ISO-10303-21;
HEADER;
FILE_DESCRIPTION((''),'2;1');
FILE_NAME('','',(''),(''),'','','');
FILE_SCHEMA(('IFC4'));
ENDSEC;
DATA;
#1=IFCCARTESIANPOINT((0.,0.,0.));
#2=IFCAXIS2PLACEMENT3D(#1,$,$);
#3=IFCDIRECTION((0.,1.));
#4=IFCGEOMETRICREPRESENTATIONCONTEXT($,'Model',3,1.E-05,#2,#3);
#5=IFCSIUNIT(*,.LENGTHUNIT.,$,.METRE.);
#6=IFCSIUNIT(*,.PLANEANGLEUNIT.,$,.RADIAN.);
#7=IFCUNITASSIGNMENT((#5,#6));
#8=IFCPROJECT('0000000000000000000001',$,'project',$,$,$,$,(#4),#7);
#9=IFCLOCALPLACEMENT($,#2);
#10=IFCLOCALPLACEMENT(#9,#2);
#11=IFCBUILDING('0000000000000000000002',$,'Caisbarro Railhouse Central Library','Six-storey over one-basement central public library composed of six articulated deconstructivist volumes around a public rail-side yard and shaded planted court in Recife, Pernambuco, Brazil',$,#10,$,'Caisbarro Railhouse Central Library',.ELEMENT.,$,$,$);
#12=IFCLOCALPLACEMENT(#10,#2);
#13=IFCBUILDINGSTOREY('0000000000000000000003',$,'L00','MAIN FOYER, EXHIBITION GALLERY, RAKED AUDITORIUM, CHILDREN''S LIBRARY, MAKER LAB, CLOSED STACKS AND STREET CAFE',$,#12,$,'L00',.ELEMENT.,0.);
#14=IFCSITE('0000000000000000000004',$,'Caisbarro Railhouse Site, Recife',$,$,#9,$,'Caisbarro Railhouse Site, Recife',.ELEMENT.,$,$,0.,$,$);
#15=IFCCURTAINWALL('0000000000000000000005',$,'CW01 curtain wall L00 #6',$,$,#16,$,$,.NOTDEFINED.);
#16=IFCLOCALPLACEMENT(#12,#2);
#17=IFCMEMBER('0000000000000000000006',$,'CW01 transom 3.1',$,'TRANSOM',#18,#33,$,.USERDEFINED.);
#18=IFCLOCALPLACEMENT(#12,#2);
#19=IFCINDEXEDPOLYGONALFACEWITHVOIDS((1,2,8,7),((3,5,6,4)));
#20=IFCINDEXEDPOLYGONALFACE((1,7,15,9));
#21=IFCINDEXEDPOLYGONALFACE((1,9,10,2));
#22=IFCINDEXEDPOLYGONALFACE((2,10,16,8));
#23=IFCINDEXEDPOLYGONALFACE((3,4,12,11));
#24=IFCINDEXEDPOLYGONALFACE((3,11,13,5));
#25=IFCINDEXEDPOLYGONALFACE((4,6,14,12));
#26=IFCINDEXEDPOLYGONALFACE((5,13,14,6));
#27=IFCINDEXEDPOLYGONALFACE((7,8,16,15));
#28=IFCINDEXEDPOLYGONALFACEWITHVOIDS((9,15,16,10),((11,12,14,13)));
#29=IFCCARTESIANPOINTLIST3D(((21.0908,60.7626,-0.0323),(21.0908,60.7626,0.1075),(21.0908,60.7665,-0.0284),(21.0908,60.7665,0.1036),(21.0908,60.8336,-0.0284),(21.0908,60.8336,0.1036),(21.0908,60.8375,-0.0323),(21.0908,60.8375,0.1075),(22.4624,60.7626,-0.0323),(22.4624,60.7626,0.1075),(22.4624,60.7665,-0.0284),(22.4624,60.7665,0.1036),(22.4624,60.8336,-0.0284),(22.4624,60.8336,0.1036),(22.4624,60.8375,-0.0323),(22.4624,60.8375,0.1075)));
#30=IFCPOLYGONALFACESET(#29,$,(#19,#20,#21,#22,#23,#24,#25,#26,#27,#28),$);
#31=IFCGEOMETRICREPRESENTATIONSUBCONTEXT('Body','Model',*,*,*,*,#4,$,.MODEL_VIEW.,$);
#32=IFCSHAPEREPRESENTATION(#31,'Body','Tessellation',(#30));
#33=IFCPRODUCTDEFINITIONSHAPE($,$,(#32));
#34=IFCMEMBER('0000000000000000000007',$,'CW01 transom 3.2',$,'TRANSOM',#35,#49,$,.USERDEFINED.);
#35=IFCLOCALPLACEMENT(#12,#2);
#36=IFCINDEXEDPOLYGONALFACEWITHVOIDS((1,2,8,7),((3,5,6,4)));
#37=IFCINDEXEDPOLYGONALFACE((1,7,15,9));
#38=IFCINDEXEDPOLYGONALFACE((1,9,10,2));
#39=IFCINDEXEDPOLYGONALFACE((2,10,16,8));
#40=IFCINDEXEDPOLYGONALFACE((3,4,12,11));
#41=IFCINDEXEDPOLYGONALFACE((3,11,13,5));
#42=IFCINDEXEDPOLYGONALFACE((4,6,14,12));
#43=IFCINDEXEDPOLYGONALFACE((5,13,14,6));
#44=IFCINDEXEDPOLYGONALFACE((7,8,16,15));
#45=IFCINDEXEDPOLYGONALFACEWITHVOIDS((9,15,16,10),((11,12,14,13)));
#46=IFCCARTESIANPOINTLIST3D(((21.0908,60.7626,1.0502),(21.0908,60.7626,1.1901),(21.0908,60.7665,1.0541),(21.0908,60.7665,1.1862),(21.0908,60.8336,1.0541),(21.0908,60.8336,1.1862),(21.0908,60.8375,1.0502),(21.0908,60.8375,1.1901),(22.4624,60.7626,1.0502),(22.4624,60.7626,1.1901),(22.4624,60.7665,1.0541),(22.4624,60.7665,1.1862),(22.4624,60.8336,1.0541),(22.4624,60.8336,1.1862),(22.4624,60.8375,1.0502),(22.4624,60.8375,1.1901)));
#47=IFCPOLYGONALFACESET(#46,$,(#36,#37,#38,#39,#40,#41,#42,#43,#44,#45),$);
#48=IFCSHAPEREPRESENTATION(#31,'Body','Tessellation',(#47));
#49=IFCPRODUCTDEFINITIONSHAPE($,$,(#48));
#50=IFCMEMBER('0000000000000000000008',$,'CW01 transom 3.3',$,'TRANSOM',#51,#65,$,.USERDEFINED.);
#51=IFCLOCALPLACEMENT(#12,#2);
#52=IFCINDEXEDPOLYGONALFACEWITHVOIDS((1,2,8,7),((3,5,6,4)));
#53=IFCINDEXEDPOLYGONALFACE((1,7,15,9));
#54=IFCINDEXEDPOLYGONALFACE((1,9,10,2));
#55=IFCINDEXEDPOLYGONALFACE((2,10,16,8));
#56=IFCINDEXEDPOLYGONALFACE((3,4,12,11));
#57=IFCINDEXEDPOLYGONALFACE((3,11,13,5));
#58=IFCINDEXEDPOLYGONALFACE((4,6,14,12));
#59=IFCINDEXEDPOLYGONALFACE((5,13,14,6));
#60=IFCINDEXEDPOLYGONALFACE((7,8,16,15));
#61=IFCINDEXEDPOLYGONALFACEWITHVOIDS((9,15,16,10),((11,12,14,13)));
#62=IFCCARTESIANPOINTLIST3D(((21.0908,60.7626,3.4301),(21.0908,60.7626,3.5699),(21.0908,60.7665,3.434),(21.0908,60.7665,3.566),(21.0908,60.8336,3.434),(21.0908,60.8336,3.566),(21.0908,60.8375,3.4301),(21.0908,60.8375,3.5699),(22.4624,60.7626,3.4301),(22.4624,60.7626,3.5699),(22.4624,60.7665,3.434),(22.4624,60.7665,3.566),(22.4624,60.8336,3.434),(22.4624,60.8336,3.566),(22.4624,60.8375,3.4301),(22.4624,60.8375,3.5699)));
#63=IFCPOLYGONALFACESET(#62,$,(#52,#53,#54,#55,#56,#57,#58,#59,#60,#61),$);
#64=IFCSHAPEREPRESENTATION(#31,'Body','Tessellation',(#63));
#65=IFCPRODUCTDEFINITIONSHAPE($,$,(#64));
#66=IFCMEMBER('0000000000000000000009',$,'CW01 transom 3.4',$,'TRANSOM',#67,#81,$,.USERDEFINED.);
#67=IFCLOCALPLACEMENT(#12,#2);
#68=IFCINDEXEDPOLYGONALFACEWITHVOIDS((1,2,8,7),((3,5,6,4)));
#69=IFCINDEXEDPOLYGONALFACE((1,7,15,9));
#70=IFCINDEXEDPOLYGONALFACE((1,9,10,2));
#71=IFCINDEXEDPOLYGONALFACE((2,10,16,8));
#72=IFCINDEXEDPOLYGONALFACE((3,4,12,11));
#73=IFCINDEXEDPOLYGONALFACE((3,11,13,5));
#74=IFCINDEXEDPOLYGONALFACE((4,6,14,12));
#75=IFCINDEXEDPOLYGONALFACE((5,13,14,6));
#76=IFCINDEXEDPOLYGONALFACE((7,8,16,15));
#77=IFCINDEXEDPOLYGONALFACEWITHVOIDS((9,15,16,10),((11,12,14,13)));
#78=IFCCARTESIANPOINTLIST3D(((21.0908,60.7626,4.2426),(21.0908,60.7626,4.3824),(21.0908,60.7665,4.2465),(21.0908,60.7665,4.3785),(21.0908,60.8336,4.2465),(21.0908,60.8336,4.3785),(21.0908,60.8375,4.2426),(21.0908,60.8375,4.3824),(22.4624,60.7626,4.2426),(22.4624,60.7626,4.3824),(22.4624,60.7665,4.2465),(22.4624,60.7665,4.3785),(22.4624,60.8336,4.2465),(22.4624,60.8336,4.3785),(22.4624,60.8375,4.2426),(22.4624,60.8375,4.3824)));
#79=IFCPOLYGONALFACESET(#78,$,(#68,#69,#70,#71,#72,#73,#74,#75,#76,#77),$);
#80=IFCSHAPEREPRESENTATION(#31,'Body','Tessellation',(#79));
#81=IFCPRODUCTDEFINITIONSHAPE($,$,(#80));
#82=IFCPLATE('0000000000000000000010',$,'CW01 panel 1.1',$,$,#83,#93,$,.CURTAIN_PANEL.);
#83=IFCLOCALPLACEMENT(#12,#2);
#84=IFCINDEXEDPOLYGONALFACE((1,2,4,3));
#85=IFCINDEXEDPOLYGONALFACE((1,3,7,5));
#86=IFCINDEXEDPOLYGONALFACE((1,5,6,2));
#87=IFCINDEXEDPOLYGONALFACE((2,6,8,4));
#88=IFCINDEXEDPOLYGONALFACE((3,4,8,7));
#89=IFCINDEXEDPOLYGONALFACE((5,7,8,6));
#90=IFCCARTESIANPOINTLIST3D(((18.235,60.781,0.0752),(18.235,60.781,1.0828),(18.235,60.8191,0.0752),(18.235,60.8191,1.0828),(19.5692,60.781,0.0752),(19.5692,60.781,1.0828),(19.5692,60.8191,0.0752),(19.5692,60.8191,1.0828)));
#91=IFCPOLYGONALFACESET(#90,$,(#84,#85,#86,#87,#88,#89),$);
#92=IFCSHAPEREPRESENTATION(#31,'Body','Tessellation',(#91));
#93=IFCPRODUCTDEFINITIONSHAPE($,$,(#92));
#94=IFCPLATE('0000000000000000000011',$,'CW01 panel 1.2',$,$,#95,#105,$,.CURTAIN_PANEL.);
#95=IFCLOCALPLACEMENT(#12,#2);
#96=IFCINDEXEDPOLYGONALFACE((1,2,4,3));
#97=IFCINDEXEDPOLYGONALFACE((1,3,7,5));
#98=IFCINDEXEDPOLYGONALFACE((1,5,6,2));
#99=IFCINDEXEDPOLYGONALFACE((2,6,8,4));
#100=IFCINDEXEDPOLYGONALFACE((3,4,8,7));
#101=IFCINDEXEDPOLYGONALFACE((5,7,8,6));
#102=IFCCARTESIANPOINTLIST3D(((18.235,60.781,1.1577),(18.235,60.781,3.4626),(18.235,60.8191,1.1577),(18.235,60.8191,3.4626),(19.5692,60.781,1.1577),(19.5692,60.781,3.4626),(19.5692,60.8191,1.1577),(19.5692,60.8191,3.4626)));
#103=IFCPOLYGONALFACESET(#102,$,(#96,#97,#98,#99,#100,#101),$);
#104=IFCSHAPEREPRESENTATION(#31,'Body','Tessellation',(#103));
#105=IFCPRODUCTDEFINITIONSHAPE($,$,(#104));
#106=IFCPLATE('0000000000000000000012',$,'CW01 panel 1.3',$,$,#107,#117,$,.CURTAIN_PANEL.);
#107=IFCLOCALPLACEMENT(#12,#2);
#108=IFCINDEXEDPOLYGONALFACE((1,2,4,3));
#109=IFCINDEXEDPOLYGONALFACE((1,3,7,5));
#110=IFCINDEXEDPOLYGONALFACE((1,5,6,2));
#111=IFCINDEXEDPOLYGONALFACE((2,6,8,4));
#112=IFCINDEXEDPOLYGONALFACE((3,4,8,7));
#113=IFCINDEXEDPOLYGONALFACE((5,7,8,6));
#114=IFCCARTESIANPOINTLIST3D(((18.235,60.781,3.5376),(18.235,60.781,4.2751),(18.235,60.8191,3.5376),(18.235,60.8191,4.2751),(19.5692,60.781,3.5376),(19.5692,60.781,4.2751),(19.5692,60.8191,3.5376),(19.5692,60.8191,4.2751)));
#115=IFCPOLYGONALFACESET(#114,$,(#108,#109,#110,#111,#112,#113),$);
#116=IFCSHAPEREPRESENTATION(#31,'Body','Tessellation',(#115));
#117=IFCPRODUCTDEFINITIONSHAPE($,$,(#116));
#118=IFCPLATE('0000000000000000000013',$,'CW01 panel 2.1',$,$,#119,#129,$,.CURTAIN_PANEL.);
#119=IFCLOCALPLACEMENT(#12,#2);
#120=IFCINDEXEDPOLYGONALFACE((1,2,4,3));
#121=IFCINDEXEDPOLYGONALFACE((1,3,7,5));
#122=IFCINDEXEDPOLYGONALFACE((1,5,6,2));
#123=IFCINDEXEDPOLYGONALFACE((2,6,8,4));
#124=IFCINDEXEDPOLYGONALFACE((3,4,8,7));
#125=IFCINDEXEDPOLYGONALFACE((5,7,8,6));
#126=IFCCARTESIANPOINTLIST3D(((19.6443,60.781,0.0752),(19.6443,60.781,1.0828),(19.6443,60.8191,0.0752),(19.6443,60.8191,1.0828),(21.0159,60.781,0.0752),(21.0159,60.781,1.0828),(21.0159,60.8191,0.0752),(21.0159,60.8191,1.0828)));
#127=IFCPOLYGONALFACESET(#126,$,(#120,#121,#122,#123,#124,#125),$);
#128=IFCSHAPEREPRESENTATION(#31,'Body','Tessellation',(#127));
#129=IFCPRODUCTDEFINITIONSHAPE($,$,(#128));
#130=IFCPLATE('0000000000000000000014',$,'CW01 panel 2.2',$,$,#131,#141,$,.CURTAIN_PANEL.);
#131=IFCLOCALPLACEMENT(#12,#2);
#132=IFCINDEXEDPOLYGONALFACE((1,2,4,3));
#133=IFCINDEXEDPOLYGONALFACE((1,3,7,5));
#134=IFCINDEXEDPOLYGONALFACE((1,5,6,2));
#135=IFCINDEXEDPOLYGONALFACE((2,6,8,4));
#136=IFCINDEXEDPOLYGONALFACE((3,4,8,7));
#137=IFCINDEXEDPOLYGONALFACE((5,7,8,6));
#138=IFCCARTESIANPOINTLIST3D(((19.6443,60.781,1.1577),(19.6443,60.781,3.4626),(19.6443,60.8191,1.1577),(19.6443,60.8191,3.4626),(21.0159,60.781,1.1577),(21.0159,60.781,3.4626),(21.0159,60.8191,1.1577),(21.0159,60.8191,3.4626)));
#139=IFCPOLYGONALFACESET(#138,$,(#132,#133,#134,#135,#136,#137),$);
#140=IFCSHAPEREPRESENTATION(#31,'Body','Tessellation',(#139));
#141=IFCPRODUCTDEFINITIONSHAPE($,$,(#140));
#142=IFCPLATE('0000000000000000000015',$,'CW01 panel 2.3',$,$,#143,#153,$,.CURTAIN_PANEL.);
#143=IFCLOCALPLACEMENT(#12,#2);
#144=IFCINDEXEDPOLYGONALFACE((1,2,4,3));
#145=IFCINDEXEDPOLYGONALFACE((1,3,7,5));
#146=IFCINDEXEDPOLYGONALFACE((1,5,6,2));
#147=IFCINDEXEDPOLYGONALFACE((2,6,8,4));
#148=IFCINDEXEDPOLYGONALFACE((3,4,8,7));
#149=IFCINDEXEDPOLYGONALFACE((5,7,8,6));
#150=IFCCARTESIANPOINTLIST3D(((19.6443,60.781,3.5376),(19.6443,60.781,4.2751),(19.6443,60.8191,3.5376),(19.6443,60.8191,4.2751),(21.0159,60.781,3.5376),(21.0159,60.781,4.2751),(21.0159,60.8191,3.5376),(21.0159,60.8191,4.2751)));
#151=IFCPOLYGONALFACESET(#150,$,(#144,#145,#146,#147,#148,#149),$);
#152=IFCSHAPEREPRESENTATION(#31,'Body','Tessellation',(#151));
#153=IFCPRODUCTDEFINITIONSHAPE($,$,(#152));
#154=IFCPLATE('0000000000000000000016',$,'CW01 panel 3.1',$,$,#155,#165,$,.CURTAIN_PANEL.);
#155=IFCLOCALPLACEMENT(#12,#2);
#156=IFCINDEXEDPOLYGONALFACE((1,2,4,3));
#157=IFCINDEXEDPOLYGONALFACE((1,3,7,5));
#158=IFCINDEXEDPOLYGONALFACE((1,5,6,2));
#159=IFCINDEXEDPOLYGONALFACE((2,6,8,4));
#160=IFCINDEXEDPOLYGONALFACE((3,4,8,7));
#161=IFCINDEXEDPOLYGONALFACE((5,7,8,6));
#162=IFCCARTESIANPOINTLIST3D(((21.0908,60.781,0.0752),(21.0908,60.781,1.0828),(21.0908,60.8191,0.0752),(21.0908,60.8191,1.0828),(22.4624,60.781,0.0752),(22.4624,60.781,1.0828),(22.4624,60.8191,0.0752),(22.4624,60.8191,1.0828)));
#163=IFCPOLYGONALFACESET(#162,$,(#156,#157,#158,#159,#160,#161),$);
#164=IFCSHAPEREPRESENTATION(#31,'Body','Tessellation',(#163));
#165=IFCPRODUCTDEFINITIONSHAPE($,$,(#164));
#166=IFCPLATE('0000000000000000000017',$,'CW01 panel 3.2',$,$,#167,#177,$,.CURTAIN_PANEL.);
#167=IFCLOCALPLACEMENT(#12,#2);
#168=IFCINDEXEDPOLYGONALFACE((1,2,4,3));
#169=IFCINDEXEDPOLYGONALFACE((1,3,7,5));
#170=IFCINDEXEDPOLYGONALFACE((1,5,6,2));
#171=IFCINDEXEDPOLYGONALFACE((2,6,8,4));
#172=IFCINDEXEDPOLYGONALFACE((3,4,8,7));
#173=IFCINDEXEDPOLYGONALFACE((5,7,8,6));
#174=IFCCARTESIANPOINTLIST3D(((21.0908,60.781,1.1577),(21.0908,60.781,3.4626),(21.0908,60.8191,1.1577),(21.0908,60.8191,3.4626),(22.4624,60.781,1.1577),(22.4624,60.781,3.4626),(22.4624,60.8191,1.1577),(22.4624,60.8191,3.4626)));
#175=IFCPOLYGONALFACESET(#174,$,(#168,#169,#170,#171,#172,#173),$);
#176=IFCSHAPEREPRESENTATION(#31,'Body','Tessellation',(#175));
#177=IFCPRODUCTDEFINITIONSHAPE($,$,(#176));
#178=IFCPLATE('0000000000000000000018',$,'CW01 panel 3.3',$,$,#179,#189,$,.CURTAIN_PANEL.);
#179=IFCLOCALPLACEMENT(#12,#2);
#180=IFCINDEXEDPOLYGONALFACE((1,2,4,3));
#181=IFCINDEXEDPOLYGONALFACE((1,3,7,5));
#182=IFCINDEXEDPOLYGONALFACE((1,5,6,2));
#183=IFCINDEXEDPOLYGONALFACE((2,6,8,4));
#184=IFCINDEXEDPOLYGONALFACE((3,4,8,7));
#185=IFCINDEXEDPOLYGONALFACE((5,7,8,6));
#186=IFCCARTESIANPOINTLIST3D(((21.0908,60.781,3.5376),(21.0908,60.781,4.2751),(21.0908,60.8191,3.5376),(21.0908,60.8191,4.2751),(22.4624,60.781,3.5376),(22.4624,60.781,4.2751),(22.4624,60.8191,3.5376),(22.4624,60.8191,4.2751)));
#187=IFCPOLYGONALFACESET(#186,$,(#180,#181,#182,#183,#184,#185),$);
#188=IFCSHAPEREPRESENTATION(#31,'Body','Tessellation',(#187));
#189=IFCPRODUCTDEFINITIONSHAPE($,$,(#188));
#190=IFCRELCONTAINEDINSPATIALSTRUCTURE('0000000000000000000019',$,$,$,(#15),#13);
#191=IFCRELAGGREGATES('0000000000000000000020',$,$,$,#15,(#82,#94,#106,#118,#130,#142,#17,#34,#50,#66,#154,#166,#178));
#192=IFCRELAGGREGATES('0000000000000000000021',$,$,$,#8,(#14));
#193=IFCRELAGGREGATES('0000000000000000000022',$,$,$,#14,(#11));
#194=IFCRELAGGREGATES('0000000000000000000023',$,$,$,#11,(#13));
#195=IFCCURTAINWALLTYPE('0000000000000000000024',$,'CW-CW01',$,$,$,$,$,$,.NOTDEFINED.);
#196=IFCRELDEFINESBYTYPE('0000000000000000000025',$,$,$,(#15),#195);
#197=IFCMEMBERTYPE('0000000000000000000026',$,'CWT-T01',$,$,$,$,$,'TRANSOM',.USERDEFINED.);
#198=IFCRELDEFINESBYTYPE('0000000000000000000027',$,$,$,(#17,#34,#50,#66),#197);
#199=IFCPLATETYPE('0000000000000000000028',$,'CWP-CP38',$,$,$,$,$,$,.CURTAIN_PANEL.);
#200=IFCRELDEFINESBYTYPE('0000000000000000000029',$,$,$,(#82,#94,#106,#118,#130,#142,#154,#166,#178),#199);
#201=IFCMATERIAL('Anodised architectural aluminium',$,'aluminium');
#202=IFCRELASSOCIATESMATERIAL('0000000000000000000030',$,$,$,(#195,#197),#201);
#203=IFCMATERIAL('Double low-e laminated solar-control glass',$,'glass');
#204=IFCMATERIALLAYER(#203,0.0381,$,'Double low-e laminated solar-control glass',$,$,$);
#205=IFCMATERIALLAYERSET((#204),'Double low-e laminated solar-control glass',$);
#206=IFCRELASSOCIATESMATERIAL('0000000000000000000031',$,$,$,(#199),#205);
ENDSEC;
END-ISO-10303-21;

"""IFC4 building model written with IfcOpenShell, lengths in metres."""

from ifc_helpers import new_model, si_unit, direction, frame, origin, origin_2d, place, context, subcontext, project, spatial, rectangle, hollow_rectangle, extrude, material, layer, layer_set, material_profile, profile_set, type_object, element, aggregate, save


model = new_model("IFC4")

# Units and contexts
model_context = context("Model", 3, precision=1e-05, world=origin(), true_north=direction((0.0, 1.0)))
body_context = subcontext(model_context, "Body", "Model", "MODEL_VIEW")
ifc_project = project(units=[si_unit("LENGTHUNIT", "METRE"), si_unit("PLANEANGLEUNIT", "RADIAN")], contexts=[model_context])

# Site, building, storey
site_placement = place(None, origin())
site = spatial("IfcSite", under=ifc_project, at=site_placement, Name="Caisbarro Railhouse Site, Recife", LongName="Caisbarro Railhouse Site, Recife", CompositionType="ELEMENT", RefElevation=0.0)
building_placement = place(site_placement, origin())
building = spatial("IfcBuilding", under=site, at=building_placement, Name="Caisbarro Railhouse Central Library", Description="Six-storey over one-basement central public library composed of six articulated deconstructivist volumes around a public rail-side yard and shaded planted court in Recife, Pernambuco, Brazil", LongName="Caisbarro Railhouse Central Library", CompositionType="ELEMENT")
storey_placement = place(building_placement, origin())
storey = spatial("IfcBuildingStorey", under=building, at=storey_placement, Name="L00", Description="MAIN FOYER, EXHIBITION GALLERY, RAKED AUDITORIUM, CHILDREN'S LIBRARY, MAKER LAB, CLOSED STACKS AND STREET CAFE", LongName="L00", CompositionType="ELEMENT", Elevation=0.0)

# Curtain wall, members, plates
ifc_material_1 = material(Name="Anodised architectural aluminium", Category="aluminium")
curtain_wall_type = type_object("IfcCurtainWallType", Name="CW-CW01", PredefinedType="NOTDEFINED", material=ifc_material_1)
curtain_wall_placement = place(storey_placement, origin())
curtain_wall = element("IfcCurtainWall", 1, at=curtain_wall_placement, inside=storey, type_object=curtain_wall_type, Name="CW01 curtain wall L00 #6", PredefinedType="NOTDEFINED")
ifc_material_profile_1 = material_profile(ifc_material_1, hollow_rectangle(XDim=0.075, YDim=0.1399, WallThickness=0.0039, at=origin_2d()), Name="ALU-TRN-75X140")
ifc_profile_set_1 = profile_set([ifc_material_profile_1], Name="Anodised architectural aluminium")
member_type_1 = type_object("IfcMemberType", Name="CWT-T01", ElementType="TRANSOM", PredefinedType="USERDEFINED", material=ifc_profile_set_1)
member_1_placement = place(storey_placement, frame((21.0908, 60.8, 0.0376), z_axis=(1.0, 0.0, 0.0), x_axis=(0.0, 1.0, 0.0)))
member_1 = element("IfcMember", 2, at=member_1_placement, type_object=member_type_1, Name="CW01 transom 3.1", ObjectType="TRANSOM", PredefinedType="USERDEFINED", context=body_context, shape_type="SweptSolid", body=[
    extrude(hollow_rectangle(XDim=0.075, YDim=0.1399, WallThickness=0.0039, at=origin_2d()), origin(), (0.0, 0.0, 1.0), 1.3716),
])
member_2_placement = place(storey_placement, frame((21.0908, 60.8, 1.1201), z_axis=(1.0, 0.0, 0.0), x_axis=(0.0, 1.0, 0.0)))
member_2 = element("IfcMember", 3, at=member_2_placement, type_object=member_type_1, Name="CW01 transom 3.2", ObjectType="TRANSOM", PredefinedType="USERDEFINED", context=body_context, shape_type="SweptSolid", body=[
    extrude(hollow_rectangle(XDim=0.075, YDim=0.1399, WallThickness=0.0039, at=origin_2d()), origin(), (0.0, 0.0, 1.0), 1.3716),
])
member_3_placement = place(storey_placement, frame((21.0908, 60.8, 3.5), z_axis=(1.0, 0.0, 0.0), x_axis=(0.0, 1.0, 0.0)))
member_3 = element("IfcMember", 4, at=member_3_placement, type_object=member_type_1, Name="CW01 transom 3.3", ObjectType="TRANSOM", PredefinedType="USERDEFINED", context=body_context, shape_type="SweptSolid", body=[
    extrude(hollow_rectangle(XDim=0.075, YDim=0.1399, WallThickness=0.0039, at=origin_2d()), origin(), (0.0, 0.0, 1.0), 1.3716),
])
member_4_placement = place(storey_placement, frame((21.0908, 60.8, 4.3125), z_axis=(1.0, 0.0, 0.0), x_axis=(0.0, 1.0, 0.0)))
member_4 = element("IfcMember", 5, at=member_4_placement, type_object=member_type_1, Name="CW01 transom 3.4", ObjectType="TRANSOM", PredefinedType="USERDEFINED", context=body_context, shape_type="SweptSolid", body=[
    extrude(hollow_rectangle(XDim=0.075, YDim=0.1399, WallThickness=0.0039, at=origin_2d()), origin(), (0.0, 0.0, 1.0), 1.3716),
])
ifc_material_2 = material(Name="Double low-e laminated solar-control glass", Category="glass")
ifc_layer = layer(ifc_material_2, 0.0381, Name="Double low-e laminated solar-control glass")
ifc_layer_set = layer_set([ifc_layer], Name="Double low-e laminated solar-control glass")
plate_type = type_object("IfcPlateType", Name="CWP-CP38", PredefinedType="CURTAIN_PANEL", material=ifc_layer_set)
plate_1_placement = place(storey_placement, frame((18.9021, 60.8, 0.0752), z_axis=(0.0, 0.0, 1.0), x_axis=(1.0, 0.0, 0.0)))
plate_1 = element("IfcPlate", 6, at=plate_1_placement, type_object=plate_type, Name="CW01 panel 1.1", PredefinedType="CURTAIN_PANEL", context=body_context, shape_type="SweptSolid", body=[
    extrude(rectangle(XDim=1.3342, YDim=0.0381, at=origin_2d()), origin(), (0.0, 0.0, 1.0), 1.0076),
])
plate_2_placement = place(storey_placement, frame((18.9021, 60.8, 1.1577), z_axis=(0.0, 0.0, 1.0), x_axis=(1.0, 0.0, 0.0)))
plate_2 = element("IfcPlate", 7, at=plate_2_placement, type_object=plate_type, Name="CW01 panel 1.2", PredefinedType="CURTAIN_PANEL", context=body_context, shape_type="SweptSolid", body=[
    extrude(rectangle(XDim=1.3342, YDim=0.0381, at=origin_2d()), origin(), (0.0, 0.0, 1.0), 2.3049),
])
plate_3_placement = place(storey_placement, frame((18.9021, 60.8, 3.5376), z_axis=(0.0, 0.0, 1.0), x_axis=(1.0, 0.0, 0.0)))
plate_3 = element("IfcPlate", 8, at=plate_3_placement, type_object=plate_type, Name="CW01 panel 1.3", PredefinedType="CURTAIN_PANEL", context=body_context, shape_type="SweptSolid", body=[
    extrude(rectangle(XDim=1.3342, YDim=0.0381, at=origin_2d()), origin(), (0.0, 0.0, 1.0), 0.7375),
])
plate_4_placement = place(storey_placement, frame((20.3301, 60.8, 0.0752), z_axis=(0.0, 0.0, 1.0), x_axis=(1.0, 0.0, 0.0)))
plate_4 = element("IfcPlate", 9, at=plate_4_placement, type_object=plate_type, Name="CW01 panel 2.1", PredefinedType="CURTAIN_PANEL", context=body_context, shape_type="SweptSolid", body=[
    extrude(rectangle(XDim=1.3716, YDim=0.0381, at=origin_2d()), origin(), (0.0, 0.0, 1.0), 1.0076),
])
plate_5_placement = place(storey_placement, frame((20.3301, 60.8, 1.1577), z_axis=(0.0, 0.0, 1.0), x_axis=(1.0, 0.0, 0.0)))
plate_5 = element("IfcPlate", 10, at=plate_5_placement, type_object=plate_type, Name="CW01 panel 2.2", PredefinedType="CURTAIN_PANEL", context=body_context, shape_type="SweptSolid", body=[
    extrude(rectangle(XDim=1.3716, YDim=0.0381, at=origin_2d()), origin(), (0.0, 0.0, 1.0), 2.3049),
])
plate_6_placement = place(storey_placement, frame((20.3301, 60.8, 3.5376), z_axis=(0.0, 0.0, 1.0), x_axis=(1.0, 0.0, 0.0)))
plate_6 = element("IfcPlate", 11, at=plate_6_placement, type_object=plate_type, Name="CW01 panel 2.3", PredefinedType="CURTAIN_PANEL", context=body_context, shape_type="SweptSolid", body=[
    extrude(rectangle(XDim=1.3716, YDim=0.0381, at=origin_2d()), origin(), (0.0, 0.0, 1.0), 0.7375),
])
plate_7_placement = place(storey_placement, frame((21.7766, 60.8, 0.0752), z_axis=(0.0, 0.0, 1.0), x_axis=(1.0, 0.0, 0.0)))
plate_7 = element("IfcPlate", 12, at=plate_7_placement, type_object=plate_type, Name="CW01 panel 3.1", PredefinedType="CURTAIN_PANEL", context=body_context, shape_type="SweptSolid", body=[
    extrude(rectangle(XDim=1.3716, YDim=0.0381, at=origin_2d()), origin(), (0.0, 0.0, 1.0), 1.0076),
])
plate_8_placement = place(storey_placement, frame((21.7766, 60.8, 1.1577), z_axis=(0.0, 0.0, 1.0), x_axis=(1.0, 0.0, 0.0)))
plate_8 = element("IfcPlate", 13, at=plate_8_placement, type_object=plate_type, Name="CW01 panel 3.2", PredefinedType="CURTAIN_PANEL", context=body_context, shape_type="SweptSolid", body=[
    extrude(rectangle(XDim=1.3716, YDim=0.0381, at=origin_2d()), origin(), (0.0, 0.0, 1.0), 2.3049),
])
plate_9_placement = place(storey_placement, frame((21.7766, 60.8, 3.5376), z_axis=(0.0, 0.0, 1.0), x_axis=(1.0, 0.0, 0.0)))
plate_9 = element("IfcPlate", 14, at=plate_9_placement, type_object=plate_type, Name="CW01 panel 3.3", PredefinedType="CURTAIN_PANEL", context=body_context, shape_type="SweptSolid", body=[
    extrude(rectangle(XDim=1.3716, YDim=0.0381, at=origin_2d()), origin(), (0.0, 0.0, 1.0), 0.7375),
])
aggregate(curtain_wall, [plate_1, plate_2, plate_3, plate_4, plate_5, plate_6, member_1, member_2, member_3, member_4, plate_7, plate_8, plate_9])

save(model, "model.ifc")
